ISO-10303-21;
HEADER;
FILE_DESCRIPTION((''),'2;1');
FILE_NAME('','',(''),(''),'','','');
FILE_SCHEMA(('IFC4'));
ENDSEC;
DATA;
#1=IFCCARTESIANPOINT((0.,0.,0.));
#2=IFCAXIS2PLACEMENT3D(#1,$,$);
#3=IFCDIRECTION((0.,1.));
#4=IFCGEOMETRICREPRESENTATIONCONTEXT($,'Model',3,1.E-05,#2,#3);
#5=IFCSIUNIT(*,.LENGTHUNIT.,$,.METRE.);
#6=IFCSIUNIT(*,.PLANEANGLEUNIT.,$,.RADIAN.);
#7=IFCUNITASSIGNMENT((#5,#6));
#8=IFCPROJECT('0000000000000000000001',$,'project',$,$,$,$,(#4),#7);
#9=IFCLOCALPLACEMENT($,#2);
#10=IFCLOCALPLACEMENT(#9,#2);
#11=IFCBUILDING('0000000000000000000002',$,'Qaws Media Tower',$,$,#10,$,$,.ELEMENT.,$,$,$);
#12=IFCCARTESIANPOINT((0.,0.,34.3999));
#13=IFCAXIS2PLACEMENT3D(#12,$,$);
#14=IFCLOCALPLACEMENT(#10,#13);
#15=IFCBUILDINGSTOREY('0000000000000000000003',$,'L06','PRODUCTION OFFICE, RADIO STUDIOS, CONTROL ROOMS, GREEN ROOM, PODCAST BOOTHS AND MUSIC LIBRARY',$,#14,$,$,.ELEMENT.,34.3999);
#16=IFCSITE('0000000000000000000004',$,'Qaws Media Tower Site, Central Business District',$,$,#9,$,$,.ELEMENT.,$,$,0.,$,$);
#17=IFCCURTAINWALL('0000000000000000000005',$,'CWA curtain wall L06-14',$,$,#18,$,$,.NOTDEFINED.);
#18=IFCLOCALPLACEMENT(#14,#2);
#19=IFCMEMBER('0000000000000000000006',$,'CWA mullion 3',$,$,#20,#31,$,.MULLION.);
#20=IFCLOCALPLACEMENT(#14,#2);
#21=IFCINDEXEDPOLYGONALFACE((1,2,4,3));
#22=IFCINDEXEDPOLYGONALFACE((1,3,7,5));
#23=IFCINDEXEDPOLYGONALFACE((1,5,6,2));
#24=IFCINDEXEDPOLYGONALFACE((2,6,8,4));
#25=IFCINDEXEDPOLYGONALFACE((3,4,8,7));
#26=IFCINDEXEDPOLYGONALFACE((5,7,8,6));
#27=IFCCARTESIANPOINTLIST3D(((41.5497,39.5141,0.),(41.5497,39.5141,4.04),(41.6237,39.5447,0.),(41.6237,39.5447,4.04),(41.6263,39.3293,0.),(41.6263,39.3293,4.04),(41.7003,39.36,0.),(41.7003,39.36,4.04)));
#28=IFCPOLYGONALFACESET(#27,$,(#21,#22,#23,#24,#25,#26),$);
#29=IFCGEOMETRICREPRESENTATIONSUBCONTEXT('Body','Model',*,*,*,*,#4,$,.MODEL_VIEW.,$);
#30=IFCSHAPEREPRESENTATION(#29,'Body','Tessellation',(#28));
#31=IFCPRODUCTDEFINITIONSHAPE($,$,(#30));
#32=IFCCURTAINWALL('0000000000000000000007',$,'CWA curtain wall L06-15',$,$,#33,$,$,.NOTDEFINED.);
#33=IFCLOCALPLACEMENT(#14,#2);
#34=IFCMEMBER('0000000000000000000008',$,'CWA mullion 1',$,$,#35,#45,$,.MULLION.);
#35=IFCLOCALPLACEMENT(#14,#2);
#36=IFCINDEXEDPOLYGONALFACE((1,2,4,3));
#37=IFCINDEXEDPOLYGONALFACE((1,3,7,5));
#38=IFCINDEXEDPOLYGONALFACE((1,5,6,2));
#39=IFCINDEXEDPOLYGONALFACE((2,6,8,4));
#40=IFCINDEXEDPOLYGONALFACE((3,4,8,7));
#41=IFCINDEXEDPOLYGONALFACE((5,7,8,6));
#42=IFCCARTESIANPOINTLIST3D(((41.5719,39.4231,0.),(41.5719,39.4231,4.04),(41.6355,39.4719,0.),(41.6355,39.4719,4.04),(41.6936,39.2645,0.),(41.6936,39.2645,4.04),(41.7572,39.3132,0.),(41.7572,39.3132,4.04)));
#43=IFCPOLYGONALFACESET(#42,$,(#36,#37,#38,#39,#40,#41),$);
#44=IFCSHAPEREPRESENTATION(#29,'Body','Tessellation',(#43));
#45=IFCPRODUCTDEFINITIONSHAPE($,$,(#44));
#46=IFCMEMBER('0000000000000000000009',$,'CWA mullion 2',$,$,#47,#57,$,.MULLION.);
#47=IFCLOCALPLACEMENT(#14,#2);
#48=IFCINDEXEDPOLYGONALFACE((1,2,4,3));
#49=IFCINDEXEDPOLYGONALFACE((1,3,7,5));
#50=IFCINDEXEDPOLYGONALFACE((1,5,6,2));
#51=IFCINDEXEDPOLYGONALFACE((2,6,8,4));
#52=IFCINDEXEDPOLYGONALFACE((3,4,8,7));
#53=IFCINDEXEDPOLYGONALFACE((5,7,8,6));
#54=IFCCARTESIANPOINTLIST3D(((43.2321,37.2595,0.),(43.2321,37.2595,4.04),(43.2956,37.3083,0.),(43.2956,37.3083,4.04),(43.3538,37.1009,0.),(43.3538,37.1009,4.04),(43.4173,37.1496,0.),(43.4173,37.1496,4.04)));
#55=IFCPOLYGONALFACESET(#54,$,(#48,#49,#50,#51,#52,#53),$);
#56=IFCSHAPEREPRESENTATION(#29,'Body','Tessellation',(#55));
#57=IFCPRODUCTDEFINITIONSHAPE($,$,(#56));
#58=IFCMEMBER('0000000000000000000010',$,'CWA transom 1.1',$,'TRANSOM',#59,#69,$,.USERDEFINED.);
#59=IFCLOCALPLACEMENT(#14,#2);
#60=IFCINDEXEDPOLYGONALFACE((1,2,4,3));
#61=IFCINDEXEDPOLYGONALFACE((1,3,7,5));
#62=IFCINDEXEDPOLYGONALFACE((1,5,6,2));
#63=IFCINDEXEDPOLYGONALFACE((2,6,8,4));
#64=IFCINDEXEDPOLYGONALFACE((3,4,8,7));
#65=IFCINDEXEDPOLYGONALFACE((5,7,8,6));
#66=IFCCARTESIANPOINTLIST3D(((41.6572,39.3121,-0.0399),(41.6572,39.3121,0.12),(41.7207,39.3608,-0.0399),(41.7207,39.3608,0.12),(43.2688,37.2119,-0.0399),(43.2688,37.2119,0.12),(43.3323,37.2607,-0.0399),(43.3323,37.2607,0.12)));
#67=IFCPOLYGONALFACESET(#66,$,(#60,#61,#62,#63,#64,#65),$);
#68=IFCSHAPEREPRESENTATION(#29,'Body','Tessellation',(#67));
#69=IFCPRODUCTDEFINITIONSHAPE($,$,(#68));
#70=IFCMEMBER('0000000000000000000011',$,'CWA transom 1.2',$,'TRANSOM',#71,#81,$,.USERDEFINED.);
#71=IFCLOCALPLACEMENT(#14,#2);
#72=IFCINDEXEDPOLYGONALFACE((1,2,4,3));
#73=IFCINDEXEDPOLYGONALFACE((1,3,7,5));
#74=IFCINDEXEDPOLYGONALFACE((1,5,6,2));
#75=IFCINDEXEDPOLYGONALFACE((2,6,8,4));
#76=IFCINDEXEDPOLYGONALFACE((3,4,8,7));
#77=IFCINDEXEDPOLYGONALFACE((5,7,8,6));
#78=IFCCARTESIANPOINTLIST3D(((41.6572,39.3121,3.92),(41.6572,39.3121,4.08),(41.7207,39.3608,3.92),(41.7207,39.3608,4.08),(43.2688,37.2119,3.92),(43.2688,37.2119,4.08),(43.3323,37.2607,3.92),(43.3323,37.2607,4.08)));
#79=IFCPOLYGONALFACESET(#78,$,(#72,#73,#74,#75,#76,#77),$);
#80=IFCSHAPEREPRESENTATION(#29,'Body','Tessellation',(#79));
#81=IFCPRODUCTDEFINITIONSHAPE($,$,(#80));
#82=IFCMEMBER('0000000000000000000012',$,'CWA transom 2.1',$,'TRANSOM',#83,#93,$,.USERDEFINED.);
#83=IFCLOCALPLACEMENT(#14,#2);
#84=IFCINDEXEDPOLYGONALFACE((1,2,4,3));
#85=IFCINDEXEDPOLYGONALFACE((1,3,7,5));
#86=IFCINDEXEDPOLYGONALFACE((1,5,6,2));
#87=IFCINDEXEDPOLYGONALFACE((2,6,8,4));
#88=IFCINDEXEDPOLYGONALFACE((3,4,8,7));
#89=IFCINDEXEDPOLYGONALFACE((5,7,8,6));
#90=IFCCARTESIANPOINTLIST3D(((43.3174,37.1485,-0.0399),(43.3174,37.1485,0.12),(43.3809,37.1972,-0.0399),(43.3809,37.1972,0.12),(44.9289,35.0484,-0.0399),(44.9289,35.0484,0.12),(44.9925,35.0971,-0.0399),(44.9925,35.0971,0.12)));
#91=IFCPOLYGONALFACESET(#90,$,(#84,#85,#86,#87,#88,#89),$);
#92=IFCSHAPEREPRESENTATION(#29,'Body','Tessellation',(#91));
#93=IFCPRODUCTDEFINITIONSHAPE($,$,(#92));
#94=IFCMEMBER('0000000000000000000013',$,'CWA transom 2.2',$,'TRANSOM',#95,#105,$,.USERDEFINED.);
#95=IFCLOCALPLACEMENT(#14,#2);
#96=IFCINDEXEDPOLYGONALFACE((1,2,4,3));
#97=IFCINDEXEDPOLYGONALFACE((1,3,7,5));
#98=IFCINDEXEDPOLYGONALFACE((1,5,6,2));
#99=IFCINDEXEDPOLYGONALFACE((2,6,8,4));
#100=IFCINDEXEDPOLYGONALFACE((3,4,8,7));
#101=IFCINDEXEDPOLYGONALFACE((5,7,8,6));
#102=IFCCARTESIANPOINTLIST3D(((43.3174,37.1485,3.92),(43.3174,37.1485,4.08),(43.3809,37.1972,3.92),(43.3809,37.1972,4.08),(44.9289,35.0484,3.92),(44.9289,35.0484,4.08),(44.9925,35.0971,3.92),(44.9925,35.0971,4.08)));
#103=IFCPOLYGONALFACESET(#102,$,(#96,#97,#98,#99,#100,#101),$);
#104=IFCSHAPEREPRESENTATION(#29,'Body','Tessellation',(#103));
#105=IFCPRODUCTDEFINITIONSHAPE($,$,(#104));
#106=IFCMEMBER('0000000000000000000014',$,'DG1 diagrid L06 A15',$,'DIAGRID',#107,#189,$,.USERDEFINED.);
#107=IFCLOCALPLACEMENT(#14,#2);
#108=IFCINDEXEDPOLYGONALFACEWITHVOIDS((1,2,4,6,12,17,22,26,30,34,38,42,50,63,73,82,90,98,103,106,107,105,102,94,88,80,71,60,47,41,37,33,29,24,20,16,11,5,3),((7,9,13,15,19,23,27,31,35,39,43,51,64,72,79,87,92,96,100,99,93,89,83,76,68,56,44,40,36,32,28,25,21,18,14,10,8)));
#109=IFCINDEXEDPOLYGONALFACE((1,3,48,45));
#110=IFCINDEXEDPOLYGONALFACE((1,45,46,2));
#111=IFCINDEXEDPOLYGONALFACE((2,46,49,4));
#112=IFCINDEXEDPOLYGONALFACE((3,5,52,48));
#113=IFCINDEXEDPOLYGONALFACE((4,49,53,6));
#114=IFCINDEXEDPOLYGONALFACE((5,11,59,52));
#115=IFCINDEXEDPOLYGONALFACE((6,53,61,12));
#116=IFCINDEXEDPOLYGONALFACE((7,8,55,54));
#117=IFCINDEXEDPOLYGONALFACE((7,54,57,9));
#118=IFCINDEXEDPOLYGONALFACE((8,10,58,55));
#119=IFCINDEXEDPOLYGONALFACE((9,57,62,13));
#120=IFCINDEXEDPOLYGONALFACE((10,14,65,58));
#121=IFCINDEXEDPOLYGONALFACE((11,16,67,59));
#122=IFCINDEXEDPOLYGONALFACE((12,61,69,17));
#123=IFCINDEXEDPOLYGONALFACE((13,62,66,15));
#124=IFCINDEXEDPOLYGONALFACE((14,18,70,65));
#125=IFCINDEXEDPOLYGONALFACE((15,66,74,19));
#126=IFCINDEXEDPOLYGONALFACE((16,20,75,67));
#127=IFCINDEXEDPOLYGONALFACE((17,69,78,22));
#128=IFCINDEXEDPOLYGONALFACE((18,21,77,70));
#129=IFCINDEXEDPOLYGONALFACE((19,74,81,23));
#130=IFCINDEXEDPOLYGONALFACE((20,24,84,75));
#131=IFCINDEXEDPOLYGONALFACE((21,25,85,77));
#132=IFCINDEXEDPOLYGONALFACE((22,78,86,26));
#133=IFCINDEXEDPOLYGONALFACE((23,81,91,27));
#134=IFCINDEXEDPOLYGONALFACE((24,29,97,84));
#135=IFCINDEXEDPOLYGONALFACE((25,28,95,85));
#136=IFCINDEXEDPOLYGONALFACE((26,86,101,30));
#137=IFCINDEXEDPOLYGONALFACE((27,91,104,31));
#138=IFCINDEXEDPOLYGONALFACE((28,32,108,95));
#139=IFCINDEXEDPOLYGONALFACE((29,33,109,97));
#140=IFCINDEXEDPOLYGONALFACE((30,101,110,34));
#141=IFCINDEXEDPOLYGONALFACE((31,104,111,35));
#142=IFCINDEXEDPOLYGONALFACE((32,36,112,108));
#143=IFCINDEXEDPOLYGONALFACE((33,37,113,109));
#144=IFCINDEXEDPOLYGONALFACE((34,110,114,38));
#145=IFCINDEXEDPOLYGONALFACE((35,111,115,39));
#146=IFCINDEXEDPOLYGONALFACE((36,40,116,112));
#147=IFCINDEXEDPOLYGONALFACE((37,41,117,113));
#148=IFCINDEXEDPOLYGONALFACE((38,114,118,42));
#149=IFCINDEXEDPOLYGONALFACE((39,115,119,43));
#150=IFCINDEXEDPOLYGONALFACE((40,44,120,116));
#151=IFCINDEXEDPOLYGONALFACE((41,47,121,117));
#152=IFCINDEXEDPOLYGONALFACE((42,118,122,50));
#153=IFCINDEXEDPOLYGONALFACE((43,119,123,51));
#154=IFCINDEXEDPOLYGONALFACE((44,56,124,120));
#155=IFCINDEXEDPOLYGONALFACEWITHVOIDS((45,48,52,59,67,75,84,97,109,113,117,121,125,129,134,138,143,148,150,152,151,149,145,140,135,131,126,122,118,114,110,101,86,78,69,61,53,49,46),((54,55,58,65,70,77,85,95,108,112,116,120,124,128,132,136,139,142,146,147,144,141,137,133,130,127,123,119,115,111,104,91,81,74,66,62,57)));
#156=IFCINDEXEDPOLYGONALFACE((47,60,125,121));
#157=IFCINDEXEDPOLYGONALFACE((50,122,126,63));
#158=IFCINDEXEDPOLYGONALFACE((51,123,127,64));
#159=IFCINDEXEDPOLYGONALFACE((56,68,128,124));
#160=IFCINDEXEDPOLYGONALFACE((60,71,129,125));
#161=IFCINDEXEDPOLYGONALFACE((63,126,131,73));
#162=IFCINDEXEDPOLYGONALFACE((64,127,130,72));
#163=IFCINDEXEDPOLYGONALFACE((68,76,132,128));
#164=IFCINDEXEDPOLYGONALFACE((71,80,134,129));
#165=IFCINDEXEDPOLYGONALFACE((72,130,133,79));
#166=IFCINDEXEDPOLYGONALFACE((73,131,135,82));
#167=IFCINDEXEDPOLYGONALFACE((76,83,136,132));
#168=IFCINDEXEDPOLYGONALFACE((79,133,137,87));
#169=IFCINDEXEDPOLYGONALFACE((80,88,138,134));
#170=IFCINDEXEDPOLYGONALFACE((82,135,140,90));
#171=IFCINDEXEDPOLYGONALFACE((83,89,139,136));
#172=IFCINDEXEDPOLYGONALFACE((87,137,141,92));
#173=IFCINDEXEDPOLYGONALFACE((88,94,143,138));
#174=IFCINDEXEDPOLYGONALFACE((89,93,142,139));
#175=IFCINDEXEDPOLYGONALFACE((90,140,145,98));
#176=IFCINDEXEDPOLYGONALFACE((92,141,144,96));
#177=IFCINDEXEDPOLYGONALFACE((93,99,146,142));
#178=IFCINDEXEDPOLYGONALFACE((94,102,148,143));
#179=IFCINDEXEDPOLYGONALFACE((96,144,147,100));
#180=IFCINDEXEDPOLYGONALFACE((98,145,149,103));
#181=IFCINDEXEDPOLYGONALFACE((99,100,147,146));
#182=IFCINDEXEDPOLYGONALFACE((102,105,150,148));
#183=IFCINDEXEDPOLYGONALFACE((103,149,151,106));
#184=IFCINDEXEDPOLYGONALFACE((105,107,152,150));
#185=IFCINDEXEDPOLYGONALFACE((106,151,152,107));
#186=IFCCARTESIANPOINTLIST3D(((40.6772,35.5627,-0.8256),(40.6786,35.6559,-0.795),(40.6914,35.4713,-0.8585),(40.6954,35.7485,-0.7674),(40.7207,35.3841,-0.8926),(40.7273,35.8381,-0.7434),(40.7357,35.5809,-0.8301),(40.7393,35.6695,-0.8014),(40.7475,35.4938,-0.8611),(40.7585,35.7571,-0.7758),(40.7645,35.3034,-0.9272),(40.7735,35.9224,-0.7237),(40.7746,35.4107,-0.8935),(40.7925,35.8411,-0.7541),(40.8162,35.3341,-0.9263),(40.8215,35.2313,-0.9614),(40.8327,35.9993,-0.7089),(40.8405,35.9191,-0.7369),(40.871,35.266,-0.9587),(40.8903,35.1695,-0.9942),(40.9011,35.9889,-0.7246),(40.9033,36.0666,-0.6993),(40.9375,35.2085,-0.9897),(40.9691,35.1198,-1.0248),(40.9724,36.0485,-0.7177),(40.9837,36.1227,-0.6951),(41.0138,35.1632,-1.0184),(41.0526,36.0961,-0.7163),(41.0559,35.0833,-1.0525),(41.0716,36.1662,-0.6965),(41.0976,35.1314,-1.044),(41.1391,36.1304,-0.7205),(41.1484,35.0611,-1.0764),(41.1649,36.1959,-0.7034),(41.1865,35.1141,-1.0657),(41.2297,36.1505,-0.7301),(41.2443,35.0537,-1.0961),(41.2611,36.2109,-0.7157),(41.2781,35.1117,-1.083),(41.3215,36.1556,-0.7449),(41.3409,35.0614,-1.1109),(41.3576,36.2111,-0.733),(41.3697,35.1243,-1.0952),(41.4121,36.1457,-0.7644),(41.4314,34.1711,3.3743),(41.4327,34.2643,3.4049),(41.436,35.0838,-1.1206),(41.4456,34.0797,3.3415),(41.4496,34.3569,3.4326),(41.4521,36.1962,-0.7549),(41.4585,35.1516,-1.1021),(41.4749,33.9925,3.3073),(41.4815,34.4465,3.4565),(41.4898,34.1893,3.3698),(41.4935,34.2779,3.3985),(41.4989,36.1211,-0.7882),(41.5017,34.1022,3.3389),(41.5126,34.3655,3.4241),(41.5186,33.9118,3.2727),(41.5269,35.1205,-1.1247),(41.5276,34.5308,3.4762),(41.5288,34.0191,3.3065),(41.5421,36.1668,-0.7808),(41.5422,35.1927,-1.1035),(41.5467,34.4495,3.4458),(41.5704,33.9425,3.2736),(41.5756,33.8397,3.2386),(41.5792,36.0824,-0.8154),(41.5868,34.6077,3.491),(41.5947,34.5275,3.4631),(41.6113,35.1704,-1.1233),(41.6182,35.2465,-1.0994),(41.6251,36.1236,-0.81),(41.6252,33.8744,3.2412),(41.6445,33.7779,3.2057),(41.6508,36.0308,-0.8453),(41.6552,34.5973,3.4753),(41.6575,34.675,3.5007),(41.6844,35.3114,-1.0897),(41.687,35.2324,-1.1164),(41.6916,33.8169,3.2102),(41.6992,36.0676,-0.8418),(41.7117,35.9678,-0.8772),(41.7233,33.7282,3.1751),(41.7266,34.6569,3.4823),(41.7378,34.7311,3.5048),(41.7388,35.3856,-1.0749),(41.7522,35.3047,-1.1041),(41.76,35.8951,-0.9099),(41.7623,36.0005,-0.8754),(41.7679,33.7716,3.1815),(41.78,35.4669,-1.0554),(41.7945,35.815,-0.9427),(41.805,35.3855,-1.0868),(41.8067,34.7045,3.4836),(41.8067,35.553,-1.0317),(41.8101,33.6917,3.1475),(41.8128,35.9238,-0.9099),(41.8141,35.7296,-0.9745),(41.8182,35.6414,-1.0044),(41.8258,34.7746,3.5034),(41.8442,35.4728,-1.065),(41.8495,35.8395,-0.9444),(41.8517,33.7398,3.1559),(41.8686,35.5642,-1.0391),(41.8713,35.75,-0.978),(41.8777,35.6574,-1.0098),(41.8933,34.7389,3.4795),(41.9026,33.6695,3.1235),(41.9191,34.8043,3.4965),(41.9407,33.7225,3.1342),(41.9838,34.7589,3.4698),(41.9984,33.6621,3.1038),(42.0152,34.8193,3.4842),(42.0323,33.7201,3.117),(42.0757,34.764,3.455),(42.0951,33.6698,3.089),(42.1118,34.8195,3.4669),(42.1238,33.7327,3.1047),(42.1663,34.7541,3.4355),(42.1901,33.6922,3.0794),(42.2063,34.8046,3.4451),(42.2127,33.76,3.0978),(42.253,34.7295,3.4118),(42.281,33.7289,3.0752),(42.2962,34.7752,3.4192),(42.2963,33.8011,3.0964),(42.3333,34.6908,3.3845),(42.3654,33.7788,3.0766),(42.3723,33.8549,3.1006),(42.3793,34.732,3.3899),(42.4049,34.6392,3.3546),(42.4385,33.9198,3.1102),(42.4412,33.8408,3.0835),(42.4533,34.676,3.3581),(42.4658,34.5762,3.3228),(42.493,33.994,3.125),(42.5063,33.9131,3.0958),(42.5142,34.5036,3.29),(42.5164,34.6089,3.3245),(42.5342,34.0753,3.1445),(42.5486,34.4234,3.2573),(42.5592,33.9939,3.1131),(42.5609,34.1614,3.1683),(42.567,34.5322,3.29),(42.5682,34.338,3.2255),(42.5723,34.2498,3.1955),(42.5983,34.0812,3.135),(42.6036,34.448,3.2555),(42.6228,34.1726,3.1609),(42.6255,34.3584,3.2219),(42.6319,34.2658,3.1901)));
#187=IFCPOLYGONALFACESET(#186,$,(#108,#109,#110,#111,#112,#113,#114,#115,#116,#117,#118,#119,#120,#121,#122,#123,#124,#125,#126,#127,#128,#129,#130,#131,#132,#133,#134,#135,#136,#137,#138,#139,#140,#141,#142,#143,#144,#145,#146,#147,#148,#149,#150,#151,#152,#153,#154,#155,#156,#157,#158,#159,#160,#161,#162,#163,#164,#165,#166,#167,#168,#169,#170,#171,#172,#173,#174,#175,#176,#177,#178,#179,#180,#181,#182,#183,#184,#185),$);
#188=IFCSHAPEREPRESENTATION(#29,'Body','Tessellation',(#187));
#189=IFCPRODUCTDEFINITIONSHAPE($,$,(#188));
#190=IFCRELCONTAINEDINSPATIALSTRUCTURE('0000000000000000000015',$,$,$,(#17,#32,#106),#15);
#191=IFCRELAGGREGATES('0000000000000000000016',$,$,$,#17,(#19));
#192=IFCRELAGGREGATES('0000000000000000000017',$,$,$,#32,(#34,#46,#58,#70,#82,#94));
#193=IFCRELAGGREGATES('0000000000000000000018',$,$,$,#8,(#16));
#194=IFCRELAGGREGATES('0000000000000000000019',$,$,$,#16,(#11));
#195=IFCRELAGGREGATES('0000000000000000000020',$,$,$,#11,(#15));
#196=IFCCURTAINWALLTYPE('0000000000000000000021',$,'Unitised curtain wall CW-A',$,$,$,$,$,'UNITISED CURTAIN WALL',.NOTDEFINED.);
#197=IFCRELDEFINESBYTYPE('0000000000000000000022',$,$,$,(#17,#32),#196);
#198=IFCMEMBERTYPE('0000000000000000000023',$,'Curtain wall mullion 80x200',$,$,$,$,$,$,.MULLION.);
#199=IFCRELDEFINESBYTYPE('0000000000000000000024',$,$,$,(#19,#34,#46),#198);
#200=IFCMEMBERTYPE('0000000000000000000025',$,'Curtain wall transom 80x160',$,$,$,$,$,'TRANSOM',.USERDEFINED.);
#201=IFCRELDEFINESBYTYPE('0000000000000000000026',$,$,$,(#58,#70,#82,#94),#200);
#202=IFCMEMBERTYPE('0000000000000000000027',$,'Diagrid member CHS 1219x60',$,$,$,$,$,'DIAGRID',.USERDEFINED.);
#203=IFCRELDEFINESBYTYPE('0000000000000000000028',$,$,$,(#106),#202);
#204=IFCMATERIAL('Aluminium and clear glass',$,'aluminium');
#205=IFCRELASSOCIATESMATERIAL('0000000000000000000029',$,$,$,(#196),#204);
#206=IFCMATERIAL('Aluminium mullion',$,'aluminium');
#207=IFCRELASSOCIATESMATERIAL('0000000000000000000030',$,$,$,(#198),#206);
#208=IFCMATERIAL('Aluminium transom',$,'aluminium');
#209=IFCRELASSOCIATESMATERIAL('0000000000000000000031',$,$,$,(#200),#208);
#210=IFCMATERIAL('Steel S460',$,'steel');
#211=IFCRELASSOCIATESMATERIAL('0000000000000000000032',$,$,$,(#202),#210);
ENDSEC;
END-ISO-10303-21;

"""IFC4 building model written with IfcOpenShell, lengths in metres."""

from ifc_helpers import new_model, si_unit, direction, frame, origin, origin_2d, place, context, subcontext, project, spatial, rectangle, hollow_circle, extrude, material, material_profile, profile_set, type_object, element, aggregate, save


model = new_model("IFC4")

# Units and contexts
model_context = context("Model", 3, precision=1e-05, world=origin(), true_north=direction((0.0, 1.0)))
body_context = subcontext(model_context, "Body", "Model", "MODEL_VIEW")
ifc_project = project(units=[si_unit("LENGTHUNIT", "METRE"), si_unit("PLANEANGLEUNIT", "RADIAN")], contexts=[model_context])

# Site, building, storey
site_placement = place(None, origin())
site = spatial("IfcSite", under=ifc_project, at=site_placement, Name="Qaws Media Tower Site, Central Business District", CompositionType="ELEMENT", RefElevation=0.0)
building_placement = place(site_placement, origin())
building = spatial("IfcBuilding", under=site, at=building_placement, Name="Qaws Media Tower", CompositionType="ELEMENT")
storey_placement = place(building_placement, frame((0.0, 0.0, 34.3999)))
storey = spatial("IfcBuildingStorey", under=building, at=storey_placement, Name="L06", Description="PRODUCTION OFFICE, RADIO STUDIOS, CONTROL ROOMS, GREEN ROOM, PODCAST BOOTHS AND MUSIC LIBRARY", CompositionType="ELEMENT", Elevation=34.3999)

# Curtain wall, member
ifc_material_1 = material(Name="Aluminium and clear glass", Category="aluminium")
curtain_wall_type = type_object("IfcCurtainWallType", Name="Unitised curtain wall CW-A", ElementType="UNITISED CURTAIN WALL", PredefinedType="NOTDEFINED", material=ifc_material_1)
curtain_wall_1_placement = place(storey_placement, origin())
curtain_wall_1 = element("IfcCurtainWall", 1, at=curtain_wall_1_placement, inside=storey, type_object=curtain_wall_type, Name="CWA curtain wall L06-14", PredefinedType="NOTDEFINED")
ifc_material_2 = material(Name="Aluminium mullion", Category="aluminium")
ifc_material_profile_1 = material_profile(ifc_material_2, rectangle(XDim=0.0801, YDim=0.2, at=origin_2d()), Name="80x200")
ifc_profile_set_1 = profile_set([ifc_material_profile_1], Name="Aluminium mullion")
member_type_1 = type_object("IfcMemberType", Name="Curtain wall mullion 80x200", PredefinedType="MULLION", material=ifc_profile_set_1)
member_1_placement = place(storey_placement, frame((41.625, 39.437, 0.0), z_axis=(0.0, 0.0, 1.0), x_axis=(0.92388, 0.382683, 0.0)))
member_1 = element("IfcMember", 2, at=member_1_placement, type_object=member_type_1, Name="CWA mullion 3", PredefinedType="MULLION", context=body_context, shape_type="SweptSolid", body=[
    extrude(rectangle(XDim=0.0801, YDim=0.2, at=origin_2d()), origin(), (0.0, 0.0, 1.0), 4.04),
])

# Curtain wall, members
curtain_wall_2_placement = place(storey_placement, origin())
curtain_wall_2 = element("IfcCurtainWall", 3, at=curtain_wall_2_placement, inside=storey, type_object=curtain_wall_type, Name="CWA curtain wall L06-15", PredefinedType="NOTDEFINED")
member_2_placement = place(storey_placement, frame((41.6646, 39.3682, 0.0), z_axis=(0.0, 0.0, 1.0), x_axis=(0.793353, 0.608761, 0.0)))
member_2 = element("IfcMember", 4, at=member_2_placement, type_object=member_type_1, Name="CWA mullion 1", PredefinedType="MULLION", context=body_context, shape_type="SweptSolid", body=[
    extrude(rectangle(XDim=0.0801, YDim=0.2, at=origin_2d()), origin(), (0.0, 0.0, 1.0), 4.04),
])
member_3_placement = place(storey_placement, frame((43.3247, 37.2046, 0.0), z_axis=(0.0, 0.0, 1.0), x_axis=(0.793353, 0.608761, 0.0)))
member_3 = element("IfcMember", 5, at=member_3_placement, type_object=member_type_1, Name="CWA mullion 2", PredefinedType="MULLION", context=body_context, shape_type="SweptSolid", body=[
    extrude(rectangle(XDim=0.0801, YDim=0.2, at=origin_2d()), origin(), (0.0, 0.0, 1.0), 4.04),
])
ifc_material_3 = material(Name="Aluminium transom", Category="aluminium")
ifc_material_profile_2 = material_profile(ifc_material_3, rectangle(XDim=0.0801, YDim=0.1599, at=origin_2d()), Name="80x160")
ifc_profile_set_2 = profile_set([ifc_material_profile_2], Name="Aluminium transom")
member_type_2 = type_object("IfcMemberType", Name="Curtain wall transom 80x160", ElementType="TRANSOM", PredefinedType="USERDEFINED", material=ifc_profile_set_2)
member_4_placement = place(storey_placement, frame((41.689, 39.3364, 0.04), z_axis=(0.608788, -0.793333, 0.0), x_axis=(0.793333, 0.608788, 0.0)))
member_4 = element("IfcMember", 6, at=member_4_placement, type_object=member_type_2, Name="CWA transom 1.1", ObjectType="TRANSOM", PredefinedType="USERDEFINED", context=body_context, shape_type="SweptSolid", body=[
    extrude(rectangle(XDim=0.0801, YDim=0.1599, at=origin_2d()), origin(), (0.0, 0.0, 1.0), 2.6472),
])
member_5_placement = place(storey_placement, frame((41.689, 39.3364, 4.0), z_axis=(0.608788, -0.793333, 0.0), x_axis=(0.793333, 0.608788, 0.0)))
member_5 = element("IfcMember", 7, at=member_5_placement, type_object=member_type_2, Name="CWA transom 1.2", ObjectType="TRANSOM", PredefinedType="USERDEFINED", context=body_context, shape_type="SweptSolid", body=[
    extrude(rectangle(XDim=0.0801, YDim=0.1599, at=origin_2d()), origin(), (0.0, 0.0, 1.0), 2.6472),
])
member_6_placement = place(storey_placement, frame((43.3491, 37.1729, 0.04), z_axis=(0.608788, -0.793333, 0.0), x_axis=(0.793333, 0.608788, 0.0)))
member_6 = element("IfcMember", 8, at=member_6_placement, type_object=member_type_2, Name="CWA transom 2.1", ObjectType="TRANSOM", PredefinedType="USERDEFINED", context=body_context, shape_type="SweptSolid", body=[
    extrude(rectangle(XDim=0.0801, YDim=0.1599, at=origin_2d()), origin(), (0.0, 0.0, 1.0), 2.6472),
])
member_7_placement = place(storey_placement, frame((43.3491, 37.1729, 4.0), z_axis=(0.608788, -0.793333, 0.0), x_axis=(0.793333, 0.608788, 0.0)))
member_7 = element("IfcMember", 9, at=member_7_placement, type_object=member_type_2, Name="CWA transom 2.2", ObjectType="TRANSOM", PredefinedType="USERDEFINED", context=body_context, shape_type="SweptSolid", body=[
    extrude(rectangle(XDim=0.0801, YDim=0.1599, at=origin_2d()), origin(), (0.0, 0.0, 1.0), 2.6472),
])

# Member
ifc_material_4 = material(Name="Steel S460", Category="steel")
ifc_material_profile_3 = material_profile(ifc_material_4, hollow_circle(Radius=0.6096, WallThickness=0.0601, at=origin_2d()), Name="CHS 1219x60")
ifc_profile_set_3 = profile_set([ifc_material_profile_3], Name="Steel S460")
member_type_3 = type_object("IfcMemberType", Name="Diagrid member CHS 1219x60", ElementType="DIAGRID", PredefinedType="USERDEFINED", material=ifc_profile_set_3)
for number, where, z_axis, x_axis, name in (
    (10, (41.2769, 35.6333, -0.9099), (0.168026, -0.310051, 0.935754), (0.879195, 0.476462, 0.0), "DG1 diagrid L06 A15"),
):
    element("IfcMember", number, at=place(storey_placement, frame(where, z_axis=z_axis, x_axis=x_axis)), inside=storey, type_object=member_type_3, Name=name, ObjectType="DIAGRID", PredefinedType="USERDEFINED", context=body_context, shape_type="SweptSolid", body=[
        extrude(hollow_circle(Radius=0.6096, WallThickness=0.0601, at=origin_2d()), origin(), (0.0, 0.0, 1.0), 4.4883),
    ])

aggregate(curtain_wall_1, [member_1])
aggregate(curtain_wall_2, [member_2, member_3, member_4, member_5, member_6, member_7])

save(model, "model.ifc")
